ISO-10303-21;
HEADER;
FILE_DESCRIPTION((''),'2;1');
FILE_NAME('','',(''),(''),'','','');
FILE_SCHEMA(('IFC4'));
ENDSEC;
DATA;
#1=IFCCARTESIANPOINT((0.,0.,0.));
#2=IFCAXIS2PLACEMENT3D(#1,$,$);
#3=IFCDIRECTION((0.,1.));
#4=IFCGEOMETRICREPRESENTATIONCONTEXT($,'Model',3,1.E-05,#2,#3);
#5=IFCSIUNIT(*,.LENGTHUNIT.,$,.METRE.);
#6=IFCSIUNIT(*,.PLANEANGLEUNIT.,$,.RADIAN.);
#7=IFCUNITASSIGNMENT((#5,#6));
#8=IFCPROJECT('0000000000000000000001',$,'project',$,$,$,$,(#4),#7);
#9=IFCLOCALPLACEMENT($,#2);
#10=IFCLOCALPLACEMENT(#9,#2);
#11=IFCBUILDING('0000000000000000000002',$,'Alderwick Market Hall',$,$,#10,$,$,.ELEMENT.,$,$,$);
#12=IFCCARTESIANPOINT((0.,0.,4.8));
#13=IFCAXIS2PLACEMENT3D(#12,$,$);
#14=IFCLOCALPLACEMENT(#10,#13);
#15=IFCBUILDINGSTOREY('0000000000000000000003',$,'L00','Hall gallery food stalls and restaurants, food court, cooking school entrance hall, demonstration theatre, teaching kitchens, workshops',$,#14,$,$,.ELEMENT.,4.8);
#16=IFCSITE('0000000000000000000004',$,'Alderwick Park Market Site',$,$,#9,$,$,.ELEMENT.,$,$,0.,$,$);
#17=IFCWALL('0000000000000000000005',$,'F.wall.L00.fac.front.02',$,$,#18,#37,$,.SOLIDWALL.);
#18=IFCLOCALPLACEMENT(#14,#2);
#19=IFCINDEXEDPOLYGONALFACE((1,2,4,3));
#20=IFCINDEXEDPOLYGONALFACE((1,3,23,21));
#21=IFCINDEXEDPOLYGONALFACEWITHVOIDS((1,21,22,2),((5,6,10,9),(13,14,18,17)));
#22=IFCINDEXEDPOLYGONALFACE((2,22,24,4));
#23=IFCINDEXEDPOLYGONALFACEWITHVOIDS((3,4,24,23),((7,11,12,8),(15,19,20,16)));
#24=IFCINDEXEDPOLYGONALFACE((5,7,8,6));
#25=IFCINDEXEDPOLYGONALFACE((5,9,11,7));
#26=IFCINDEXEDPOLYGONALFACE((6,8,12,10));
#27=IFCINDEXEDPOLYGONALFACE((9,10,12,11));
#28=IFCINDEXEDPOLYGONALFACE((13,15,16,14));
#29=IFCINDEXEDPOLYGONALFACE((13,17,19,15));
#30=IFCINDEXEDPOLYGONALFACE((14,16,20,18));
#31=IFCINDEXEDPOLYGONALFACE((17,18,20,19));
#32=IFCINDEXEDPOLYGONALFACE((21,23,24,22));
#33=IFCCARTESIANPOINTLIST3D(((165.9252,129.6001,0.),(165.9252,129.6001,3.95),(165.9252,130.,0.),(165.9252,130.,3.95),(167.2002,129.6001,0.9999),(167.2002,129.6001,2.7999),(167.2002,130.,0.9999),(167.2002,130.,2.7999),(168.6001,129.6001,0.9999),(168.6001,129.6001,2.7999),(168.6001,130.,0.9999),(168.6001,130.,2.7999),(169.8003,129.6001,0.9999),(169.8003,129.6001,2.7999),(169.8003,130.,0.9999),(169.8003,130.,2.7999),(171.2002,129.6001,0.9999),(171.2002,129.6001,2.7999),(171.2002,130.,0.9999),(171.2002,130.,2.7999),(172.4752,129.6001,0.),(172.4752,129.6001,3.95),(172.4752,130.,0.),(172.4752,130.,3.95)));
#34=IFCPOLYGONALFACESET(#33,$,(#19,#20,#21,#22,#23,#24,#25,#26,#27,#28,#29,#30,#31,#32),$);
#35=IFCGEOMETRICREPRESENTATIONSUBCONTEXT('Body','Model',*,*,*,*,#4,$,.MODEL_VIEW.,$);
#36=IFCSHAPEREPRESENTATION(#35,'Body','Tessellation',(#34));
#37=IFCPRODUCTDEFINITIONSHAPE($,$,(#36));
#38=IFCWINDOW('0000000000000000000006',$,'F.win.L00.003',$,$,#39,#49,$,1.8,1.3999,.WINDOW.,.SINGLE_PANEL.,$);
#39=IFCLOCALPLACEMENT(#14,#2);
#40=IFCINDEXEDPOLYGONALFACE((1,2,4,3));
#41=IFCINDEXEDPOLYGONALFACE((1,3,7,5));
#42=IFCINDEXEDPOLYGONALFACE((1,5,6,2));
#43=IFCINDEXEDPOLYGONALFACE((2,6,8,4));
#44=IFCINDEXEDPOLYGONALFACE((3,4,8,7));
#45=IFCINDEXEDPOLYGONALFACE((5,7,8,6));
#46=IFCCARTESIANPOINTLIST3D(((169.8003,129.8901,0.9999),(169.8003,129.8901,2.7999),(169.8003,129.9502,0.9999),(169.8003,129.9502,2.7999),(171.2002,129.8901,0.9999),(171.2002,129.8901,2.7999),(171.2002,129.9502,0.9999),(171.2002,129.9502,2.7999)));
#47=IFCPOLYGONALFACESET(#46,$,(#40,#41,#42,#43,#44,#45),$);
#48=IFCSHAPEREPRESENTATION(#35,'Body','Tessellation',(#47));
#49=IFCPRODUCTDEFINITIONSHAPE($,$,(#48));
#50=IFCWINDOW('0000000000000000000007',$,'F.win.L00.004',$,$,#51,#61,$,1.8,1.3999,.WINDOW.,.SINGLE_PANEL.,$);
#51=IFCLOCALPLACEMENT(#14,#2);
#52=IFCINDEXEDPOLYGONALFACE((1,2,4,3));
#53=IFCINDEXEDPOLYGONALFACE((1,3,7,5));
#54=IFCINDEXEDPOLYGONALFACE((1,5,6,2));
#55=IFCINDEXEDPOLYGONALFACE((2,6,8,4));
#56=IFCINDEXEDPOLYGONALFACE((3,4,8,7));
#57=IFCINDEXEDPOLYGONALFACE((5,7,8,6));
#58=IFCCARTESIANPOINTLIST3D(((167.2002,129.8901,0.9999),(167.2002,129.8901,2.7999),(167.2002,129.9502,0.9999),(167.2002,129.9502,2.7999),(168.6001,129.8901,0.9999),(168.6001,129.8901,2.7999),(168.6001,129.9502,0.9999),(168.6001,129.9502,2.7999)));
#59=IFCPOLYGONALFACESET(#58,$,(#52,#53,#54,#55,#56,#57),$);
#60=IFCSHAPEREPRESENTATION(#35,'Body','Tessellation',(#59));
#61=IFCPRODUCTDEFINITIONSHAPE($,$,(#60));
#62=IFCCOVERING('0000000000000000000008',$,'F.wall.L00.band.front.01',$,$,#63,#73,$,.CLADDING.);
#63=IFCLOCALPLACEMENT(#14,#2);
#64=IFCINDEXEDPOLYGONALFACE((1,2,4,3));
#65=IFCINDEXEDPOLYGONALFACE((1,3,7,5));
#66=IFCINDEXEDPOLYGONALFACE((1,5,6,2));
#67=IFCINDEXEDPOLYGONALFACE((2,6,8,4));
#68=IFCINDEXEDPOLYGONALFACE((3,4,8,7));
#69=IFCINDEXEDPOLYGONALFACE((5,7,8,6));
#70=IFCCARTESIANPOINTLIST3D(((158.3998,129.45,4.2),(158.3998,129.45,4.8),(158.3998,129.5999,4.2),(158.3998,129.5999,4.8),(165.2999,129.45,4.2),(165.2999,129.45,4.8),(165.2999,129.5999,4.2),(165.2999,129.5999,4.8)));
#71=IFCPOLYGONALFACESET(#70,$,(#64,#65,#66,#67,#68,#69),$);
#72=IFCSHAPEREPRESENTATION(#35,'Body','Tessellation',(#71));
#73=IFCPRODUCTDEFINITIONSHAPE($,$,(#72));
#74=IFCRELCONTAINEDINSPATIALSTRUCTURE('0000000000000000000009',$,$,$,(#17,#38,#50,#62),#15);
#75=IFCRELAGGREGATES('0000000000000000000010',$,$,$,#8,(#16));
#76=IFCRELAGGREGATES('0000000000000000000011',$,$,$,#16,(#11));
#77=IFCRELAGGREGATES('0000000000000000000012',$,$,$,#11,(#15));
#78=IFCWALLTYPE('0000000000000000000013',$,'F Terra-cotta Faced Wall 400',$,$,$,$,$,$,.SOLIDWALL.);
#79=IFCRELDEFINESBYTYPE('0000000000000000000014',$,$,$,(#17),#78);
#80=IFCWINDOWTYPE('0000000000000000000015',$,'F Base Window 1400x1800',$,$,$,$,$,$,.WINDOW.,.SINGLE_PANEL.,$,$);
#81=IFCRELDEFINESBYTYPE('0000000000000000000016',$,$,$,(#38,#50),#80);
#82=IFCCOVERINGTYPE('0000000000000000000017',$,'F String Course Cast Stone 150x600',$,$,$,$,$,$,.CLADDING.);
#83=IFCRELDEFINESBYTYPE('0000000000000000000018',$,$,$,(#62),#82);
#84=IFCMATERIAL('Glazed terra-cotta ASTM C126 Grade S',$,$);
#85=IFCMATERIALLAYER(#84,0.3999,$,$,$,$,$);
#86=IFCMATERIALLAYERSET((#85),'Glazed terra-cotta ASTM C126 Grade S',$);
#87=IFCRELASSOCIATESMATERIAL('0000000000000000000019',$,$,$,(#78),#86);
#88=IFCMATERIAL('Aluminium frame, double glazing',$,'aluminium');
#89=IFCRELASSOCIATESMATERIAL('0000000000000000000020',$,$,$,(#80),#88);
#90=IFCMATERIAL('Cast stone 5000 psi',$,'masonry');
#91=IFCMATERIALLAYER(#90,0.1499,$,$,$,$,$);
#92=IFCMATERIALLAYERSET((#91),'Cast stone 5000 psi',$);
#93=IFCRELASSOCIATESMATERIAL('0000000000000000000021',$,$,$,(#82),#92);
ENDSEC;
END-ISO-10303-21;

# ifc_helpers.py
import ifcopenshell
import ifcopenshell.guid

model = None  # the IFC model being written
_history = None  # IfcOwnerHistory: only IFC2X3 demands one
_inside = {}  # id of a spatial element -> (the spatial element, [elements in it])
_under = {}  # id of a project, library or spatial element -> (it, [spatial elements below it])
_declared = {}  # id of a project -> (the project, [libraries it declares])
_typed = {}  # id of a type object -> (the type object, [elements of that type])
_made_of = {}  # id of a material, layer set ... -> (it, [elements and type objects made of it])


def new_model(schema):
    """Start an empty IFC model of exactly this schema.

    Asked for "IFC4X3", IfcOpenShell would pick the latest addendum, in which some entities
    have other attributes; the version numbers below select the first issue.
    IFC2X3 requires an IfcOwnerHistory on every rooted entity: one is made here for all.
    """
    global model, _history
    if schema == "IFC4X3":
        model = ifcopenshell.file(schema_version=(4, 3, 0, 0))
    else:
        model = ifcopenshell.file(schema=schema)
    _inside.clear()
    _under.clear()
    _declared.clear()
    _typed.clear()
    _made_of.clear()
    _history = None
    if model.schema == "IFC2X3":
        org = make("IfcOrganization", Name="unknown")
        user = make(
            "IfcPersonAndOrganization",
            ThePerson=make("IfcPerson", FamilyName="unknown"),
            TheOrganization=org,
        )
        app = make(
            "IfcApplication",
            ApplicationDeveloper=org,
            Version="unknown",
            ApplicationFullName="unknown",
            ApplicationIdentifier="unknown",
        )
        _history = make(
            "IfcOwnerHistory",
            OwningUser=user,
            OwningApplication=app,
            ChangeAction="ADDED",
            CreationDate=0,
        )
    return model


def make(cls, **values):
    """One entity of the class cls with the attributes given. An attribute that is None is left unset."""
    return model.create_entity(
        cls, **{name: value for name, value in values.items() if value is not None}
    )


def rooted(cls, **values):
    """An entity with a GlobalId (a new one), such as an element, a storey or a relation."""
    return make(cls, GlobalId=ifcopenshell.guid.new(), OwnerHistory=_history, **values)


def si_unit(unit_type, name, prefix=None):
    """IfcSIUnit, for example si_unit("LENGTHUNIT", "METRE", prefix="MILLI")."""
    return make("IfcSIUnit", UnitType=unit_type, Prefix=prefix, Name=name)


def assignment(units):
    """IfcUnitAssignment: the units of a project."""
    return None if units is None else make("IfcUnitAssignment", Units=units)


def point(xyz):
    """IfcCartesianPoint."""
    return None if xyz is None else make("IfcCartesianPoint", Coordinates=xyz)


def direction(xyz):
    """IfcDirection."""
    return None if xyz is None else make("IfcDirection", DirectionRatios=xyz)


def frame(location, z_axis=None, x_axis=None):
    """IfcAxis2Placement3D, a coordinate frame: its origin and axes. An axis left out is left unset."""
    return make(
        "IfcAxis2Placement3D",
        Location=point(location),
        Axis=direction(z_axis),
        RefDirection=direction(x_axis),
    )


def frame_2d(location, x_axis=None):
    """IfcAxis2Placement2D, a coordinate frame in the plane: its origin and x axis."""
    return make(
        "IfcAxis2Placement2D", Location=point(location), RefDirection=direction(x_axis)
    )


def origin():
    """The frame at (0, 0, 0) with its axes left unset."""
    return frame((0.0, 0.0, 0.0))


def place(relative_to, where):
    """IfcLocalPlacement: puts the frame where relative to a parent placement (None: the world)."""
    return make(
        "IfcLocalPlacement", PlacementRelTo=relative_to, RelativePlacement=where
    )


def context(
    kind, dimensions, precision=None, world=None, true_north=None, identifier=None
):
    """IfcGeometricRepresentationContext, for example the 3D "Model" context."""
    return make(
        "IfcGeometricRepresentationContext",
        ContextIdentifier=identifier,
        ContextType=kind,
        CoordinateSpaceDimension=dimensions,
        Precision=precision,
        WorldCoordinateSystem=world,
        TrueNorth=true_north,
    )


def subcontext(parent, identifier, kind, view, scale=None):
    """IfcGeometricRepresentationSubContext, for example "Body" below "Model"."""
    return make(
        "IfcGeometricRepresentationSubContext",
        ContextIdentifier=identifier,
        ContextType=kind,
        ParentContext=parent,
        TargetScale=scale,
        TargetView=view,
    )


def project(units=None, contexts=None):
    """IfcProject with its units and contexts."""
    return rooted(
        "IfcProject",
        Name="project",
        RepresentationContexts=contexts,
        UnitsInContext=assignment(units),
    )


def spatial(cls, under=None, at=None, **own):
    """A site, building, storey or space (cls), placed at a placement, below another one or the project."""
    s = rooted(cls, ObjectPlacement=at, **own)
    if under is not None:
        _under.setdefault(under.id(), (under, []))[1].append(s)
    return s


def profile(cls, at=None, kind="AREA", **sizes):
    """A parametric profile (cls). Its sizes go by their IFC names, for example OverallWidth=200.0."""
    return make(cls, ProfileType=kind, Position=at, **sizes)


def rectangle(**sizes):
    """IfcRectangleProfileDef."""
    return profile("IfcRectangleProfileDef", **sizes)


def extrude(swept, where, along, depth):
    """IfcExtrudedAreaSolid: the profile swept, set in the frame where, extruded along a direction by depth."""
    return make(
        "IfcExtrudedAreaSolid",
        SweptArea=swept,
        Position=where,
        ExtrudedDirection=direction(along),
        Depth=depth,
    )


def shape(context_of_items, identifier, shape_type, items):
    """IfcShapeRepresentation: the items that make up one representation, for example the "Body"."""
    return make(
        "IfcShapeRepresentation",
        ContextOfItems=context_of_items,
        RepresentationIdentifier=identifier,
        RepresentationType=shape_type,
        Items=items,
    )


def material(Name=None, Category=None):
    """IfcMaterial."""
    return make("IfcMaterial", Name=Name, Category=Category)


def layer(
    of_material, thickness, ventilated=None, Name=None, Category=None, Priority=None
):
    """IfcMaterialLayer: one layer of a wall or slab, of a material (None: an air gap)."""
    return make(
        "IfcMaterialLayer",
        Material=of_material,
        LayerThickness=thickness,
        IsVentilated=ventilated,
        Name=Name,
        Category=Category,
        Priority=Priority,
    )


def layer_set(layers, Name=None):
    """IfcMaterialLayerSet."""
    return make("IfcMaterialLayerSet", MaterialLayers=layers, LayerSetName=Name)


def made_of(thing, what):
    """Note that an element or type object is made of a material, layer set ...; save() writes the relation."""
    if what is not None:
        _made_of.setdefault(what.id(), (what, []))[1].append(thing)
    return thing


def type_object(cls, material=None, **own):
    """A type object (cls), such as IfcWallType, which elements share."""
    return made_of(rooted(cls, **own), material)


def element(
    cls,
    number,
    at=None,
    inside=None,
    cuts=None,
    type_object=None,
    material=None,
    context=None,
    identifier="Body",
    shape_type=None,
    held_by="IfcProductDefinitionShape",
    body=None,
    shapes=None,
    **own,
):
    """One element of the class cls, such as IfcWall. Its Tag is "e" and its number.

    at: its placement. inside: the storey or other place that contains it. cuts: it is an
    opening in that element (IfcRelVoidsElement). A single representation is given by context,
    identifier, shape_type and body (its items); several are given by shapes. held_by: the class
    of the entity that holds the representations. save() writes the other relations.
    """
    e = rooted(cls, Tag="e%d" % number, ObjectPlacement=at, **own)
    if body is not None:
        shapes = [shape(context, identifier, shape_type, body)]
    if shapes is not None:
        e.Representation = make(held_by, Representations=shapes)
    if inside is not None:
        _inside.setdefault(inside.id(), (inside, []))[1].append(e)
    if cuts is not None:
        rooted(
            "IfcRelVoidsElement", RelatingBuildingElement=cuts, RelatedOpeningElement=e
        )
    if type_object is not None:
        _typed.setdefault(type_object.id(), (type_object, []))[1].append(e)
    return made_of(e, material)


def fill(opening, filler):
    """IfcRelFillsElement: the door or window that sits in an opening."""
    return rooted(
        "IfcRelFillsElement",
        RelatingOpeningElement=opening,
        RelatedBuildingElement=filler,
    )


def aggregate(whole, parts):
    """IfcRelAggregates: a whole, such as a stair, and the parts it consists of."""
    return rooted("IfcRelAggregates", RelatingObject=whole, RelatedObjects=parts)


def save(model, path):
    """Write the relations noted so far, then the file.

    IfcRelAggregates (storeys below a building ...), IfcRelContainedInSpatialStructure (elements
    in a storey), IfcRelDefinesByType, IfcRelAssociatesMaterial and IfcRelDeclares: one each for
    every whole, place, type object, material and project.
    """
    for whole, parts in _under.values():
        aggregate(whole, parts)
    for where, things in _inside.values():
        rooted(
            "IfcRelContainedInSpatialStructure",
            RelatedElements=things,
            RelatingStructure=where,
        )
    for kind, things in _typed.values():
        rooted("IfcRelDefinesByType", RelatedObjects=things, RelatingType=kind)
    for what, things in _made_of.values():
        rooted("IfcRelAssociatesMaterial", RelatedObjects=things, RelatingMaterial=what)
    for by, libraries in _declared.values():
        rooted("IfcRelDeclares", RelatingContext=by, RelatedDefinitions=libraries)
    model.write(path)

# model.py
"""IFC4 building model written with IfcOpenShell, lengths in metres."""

from ifc_helpers import new_model, si_unit, direction, frame, frame_2d, origin, place, context, subcontext, project, spatial, rectangle, extrude, material, layer, layer_set, type_object, element, fill, save


model = new_model("IFC4")

# Units and contexts
model_context = context("Model", 3, precision=1e-05, world=origin(), true_north=direction((0.0, 1.0)))
body_context = subcontext(model_context, "Body", "Model", "MODEL_VIEW")
ifc_project = project(units=[si_unit("LENGTHUNIT", "METRE"), si_unit("PLANEANGLEUNIT", "RADIAN")], contexts=[model_context])

# Site, building, storey
site_placement = place(None, origin())
site = spatial("IfcSite", under=ifc_project, at=site_placement, Name="Alderwick Park Market Site", CompositionType="ELEMENT", RefElevation=0.0)
building_placement = place(site_placement, origin())
building = spatial("IfcBuilding", under=site, at=building_placement, Name="Alderwick Market Hall", CompositionType="ELEMENT")
storey_placement = place(building_placement, frame((0.0, 0.0, 4.8)))
storey = spatial("IfcBuildingStorey", under=building, at=storey_placement, Name="L00", Description="Hall gallery food stalls and restaurants, food court, cooking school entrance hall, demonstration theatre, teaching kitchens, workshops", CompositionType="ELEMENT", Elevation=4.8)

# Shared definitions
ifc_material_1 = material(Name="Cast stone 5000 psi", Category="masonry")

# Wall, openings, windows
ifc_material_2 = material(Name="Glazed terra-cotta ASTM C126 Grade S")
ifc_layer_1 = layer(ifc_material_2, 0.3999)
ifc_layer_set_1 = layer_set([ifc_layer_1], Name="Glazed terra-cotta ASTM C126 Grade S")
wall_type_1 = type_object("IfcWallType", Name="F Terra-cotta Faced Wall 400", PredefinedType="SOLIDWALL", material=ifc_layer_set_1)
ifc_material_3 = material(Name="Aluminium frame, double glazing", Category="aluminium")
window_type = type_object("IfcWindowType", Name="F Base Window 1400x1800", PartitioningType="SINGLE_PANEL", PredefinedType="WINDOW", material=ifc_material_3)
wall_1_placement = place(storey_placement, frame((172.4751, 129.8, 0.0), z_axis=(0.0, 0.0, 1.0), x_axis=(-1.0, 0.0, 0.0)))
wall_1 = element("IfcWall", 1, at=wall_1_placement, inside=storey, type_object=wall_type_1, Name="F.wall.L00.fac.front.02", PredefinedType="SOLIDWALL", context=body_context, shape_type="SweptSolid", body=[
    extrude(rectangle(XDim=6.55, YDim=0.3999, at=frame_2d((3.2749, 0.0))), origin(), (0.0, 0.0, 1.0), 3.95),
])
opening_1_placement = place(wall_1_placement, frame((1.2749, 0.0, 1.0)))
opening_1 = element("IfcOpeningElement", 2, at=opening_1_placement, cuts=wall_1, PredefinedType="OPENING", context=body_context, shape_type="SweptSolid", body=[
    extrude(rectangle(XDim=1.3999, YDim=1.8, at=frame_2d((0.7, 0.8999))), frame((0.0, 0.21, 0.0), z_axis=(0.0, -1.0, 0.0), x_axis=(1.0, 0.0, 0.0)), (0.0, 0.0, 1.0), 0.4199),
])
opening_2_placement = place(wall_1_placement, frame((3.875, 0.0, 1.0)))
opening_2 = element("IfcOpeningElement", 3, at=opening_2_placement, cuts=wall_1, PredefinedType="OPENING", context=body_context, shape_type="SweptSolid", body=[
    extrude(rectangle(XDim=1.3999, YDim=1.8, at=frame_2d((0.7, 0.8999))), frame((0.0, 0.21, 0.0), z_axis=(0.0, -1.0, 0.0), x_axis=(1.0, 0.0, 0.0)), (0.0, 0.0, 1.0), 0.4199),
])
window_1_placement = place(opening_1_placement, origin())
window_1 = element("IfcWindow", 4, at=window_1_placement, inside=storey, type_object=window_type, Name="F.win.L00.003", OverallHeight=1.8, OverallWidth=1.3999, PartitioningType="SINGLE_PANEL", PredefinedType="WINDOW", context=body_context, shape_type="SweptSolid", body=[
    extrude(rectangle(XDim=1.3999, YDim=1.8, at=frame_2d((0.7, 0.8999))), frame((0.0, -0.0901, 0.0), z_axis=(0.0, -1.0, 0.0), x_axis=(1.0, 0.0, 0.0)), (0.0, 0.0, 1.0), 0.0601),
])
fill(opening_1, window_1)
window_2_placement = place(opening_2_placement, origin())
window_2 = element("IfcWindow", 5, at=window_2_placement, inside=storey, type_object=window_type, Name="F.win.L00.004", OverallHeight=1.8, OverallWidth=1.3999, PartitioningType="SINGLE_PANEL", PredefinedType="WINDOW", context=body_context, shape_type="SweptSolid", body=[
    extrude(rectangle(XDim=1.3999, YDim=1.8, at=frame_2d((0.7, 0.8999))), frame((0.0, -0.0901, 0.0), z_axis=(0.0, -1.0, 0.0), x_axis=(1.0, 0.0, 0.0)), (0.0, 0.0, 1.0), 0.0601),
])
fill(opening_2, window_2)

# Covering
ifc_layer_2 = layer(ifc_material_1, 0.1499)
ifc_layer_set_2 = layer_set([ifc_layer_2], Name="Cast stone 5000 psi")
covering_type = type_object("IfcCoveringType", Name="F String Course Cast Stone 150x600", PredefinedType="CLADDING", material=ifc_layer_set_2)
covering_placement = place(storey_placement, frame((165.3, 129.5249, 4.2), z_axis=(0.0, 0.0, 1.0), x_axis=(-1.0, 0.0, 0.0)))
element("IfcCovering", 6, at=covering_placement, inside=storey, type_object=covering_type, Name="F.wall.L00.band.front.01", PredefinedType="CLADDING", context=body_context, shape_type="SweptSolid", body=[
    extrude(rectangle(XDim=6.9001, YDim=0.1499, at=frame_2d((3.4502, 0.0))), origin(), (0.0, 0.0, 1.0), 0.6001),
])

save(model, "model.ifc")
